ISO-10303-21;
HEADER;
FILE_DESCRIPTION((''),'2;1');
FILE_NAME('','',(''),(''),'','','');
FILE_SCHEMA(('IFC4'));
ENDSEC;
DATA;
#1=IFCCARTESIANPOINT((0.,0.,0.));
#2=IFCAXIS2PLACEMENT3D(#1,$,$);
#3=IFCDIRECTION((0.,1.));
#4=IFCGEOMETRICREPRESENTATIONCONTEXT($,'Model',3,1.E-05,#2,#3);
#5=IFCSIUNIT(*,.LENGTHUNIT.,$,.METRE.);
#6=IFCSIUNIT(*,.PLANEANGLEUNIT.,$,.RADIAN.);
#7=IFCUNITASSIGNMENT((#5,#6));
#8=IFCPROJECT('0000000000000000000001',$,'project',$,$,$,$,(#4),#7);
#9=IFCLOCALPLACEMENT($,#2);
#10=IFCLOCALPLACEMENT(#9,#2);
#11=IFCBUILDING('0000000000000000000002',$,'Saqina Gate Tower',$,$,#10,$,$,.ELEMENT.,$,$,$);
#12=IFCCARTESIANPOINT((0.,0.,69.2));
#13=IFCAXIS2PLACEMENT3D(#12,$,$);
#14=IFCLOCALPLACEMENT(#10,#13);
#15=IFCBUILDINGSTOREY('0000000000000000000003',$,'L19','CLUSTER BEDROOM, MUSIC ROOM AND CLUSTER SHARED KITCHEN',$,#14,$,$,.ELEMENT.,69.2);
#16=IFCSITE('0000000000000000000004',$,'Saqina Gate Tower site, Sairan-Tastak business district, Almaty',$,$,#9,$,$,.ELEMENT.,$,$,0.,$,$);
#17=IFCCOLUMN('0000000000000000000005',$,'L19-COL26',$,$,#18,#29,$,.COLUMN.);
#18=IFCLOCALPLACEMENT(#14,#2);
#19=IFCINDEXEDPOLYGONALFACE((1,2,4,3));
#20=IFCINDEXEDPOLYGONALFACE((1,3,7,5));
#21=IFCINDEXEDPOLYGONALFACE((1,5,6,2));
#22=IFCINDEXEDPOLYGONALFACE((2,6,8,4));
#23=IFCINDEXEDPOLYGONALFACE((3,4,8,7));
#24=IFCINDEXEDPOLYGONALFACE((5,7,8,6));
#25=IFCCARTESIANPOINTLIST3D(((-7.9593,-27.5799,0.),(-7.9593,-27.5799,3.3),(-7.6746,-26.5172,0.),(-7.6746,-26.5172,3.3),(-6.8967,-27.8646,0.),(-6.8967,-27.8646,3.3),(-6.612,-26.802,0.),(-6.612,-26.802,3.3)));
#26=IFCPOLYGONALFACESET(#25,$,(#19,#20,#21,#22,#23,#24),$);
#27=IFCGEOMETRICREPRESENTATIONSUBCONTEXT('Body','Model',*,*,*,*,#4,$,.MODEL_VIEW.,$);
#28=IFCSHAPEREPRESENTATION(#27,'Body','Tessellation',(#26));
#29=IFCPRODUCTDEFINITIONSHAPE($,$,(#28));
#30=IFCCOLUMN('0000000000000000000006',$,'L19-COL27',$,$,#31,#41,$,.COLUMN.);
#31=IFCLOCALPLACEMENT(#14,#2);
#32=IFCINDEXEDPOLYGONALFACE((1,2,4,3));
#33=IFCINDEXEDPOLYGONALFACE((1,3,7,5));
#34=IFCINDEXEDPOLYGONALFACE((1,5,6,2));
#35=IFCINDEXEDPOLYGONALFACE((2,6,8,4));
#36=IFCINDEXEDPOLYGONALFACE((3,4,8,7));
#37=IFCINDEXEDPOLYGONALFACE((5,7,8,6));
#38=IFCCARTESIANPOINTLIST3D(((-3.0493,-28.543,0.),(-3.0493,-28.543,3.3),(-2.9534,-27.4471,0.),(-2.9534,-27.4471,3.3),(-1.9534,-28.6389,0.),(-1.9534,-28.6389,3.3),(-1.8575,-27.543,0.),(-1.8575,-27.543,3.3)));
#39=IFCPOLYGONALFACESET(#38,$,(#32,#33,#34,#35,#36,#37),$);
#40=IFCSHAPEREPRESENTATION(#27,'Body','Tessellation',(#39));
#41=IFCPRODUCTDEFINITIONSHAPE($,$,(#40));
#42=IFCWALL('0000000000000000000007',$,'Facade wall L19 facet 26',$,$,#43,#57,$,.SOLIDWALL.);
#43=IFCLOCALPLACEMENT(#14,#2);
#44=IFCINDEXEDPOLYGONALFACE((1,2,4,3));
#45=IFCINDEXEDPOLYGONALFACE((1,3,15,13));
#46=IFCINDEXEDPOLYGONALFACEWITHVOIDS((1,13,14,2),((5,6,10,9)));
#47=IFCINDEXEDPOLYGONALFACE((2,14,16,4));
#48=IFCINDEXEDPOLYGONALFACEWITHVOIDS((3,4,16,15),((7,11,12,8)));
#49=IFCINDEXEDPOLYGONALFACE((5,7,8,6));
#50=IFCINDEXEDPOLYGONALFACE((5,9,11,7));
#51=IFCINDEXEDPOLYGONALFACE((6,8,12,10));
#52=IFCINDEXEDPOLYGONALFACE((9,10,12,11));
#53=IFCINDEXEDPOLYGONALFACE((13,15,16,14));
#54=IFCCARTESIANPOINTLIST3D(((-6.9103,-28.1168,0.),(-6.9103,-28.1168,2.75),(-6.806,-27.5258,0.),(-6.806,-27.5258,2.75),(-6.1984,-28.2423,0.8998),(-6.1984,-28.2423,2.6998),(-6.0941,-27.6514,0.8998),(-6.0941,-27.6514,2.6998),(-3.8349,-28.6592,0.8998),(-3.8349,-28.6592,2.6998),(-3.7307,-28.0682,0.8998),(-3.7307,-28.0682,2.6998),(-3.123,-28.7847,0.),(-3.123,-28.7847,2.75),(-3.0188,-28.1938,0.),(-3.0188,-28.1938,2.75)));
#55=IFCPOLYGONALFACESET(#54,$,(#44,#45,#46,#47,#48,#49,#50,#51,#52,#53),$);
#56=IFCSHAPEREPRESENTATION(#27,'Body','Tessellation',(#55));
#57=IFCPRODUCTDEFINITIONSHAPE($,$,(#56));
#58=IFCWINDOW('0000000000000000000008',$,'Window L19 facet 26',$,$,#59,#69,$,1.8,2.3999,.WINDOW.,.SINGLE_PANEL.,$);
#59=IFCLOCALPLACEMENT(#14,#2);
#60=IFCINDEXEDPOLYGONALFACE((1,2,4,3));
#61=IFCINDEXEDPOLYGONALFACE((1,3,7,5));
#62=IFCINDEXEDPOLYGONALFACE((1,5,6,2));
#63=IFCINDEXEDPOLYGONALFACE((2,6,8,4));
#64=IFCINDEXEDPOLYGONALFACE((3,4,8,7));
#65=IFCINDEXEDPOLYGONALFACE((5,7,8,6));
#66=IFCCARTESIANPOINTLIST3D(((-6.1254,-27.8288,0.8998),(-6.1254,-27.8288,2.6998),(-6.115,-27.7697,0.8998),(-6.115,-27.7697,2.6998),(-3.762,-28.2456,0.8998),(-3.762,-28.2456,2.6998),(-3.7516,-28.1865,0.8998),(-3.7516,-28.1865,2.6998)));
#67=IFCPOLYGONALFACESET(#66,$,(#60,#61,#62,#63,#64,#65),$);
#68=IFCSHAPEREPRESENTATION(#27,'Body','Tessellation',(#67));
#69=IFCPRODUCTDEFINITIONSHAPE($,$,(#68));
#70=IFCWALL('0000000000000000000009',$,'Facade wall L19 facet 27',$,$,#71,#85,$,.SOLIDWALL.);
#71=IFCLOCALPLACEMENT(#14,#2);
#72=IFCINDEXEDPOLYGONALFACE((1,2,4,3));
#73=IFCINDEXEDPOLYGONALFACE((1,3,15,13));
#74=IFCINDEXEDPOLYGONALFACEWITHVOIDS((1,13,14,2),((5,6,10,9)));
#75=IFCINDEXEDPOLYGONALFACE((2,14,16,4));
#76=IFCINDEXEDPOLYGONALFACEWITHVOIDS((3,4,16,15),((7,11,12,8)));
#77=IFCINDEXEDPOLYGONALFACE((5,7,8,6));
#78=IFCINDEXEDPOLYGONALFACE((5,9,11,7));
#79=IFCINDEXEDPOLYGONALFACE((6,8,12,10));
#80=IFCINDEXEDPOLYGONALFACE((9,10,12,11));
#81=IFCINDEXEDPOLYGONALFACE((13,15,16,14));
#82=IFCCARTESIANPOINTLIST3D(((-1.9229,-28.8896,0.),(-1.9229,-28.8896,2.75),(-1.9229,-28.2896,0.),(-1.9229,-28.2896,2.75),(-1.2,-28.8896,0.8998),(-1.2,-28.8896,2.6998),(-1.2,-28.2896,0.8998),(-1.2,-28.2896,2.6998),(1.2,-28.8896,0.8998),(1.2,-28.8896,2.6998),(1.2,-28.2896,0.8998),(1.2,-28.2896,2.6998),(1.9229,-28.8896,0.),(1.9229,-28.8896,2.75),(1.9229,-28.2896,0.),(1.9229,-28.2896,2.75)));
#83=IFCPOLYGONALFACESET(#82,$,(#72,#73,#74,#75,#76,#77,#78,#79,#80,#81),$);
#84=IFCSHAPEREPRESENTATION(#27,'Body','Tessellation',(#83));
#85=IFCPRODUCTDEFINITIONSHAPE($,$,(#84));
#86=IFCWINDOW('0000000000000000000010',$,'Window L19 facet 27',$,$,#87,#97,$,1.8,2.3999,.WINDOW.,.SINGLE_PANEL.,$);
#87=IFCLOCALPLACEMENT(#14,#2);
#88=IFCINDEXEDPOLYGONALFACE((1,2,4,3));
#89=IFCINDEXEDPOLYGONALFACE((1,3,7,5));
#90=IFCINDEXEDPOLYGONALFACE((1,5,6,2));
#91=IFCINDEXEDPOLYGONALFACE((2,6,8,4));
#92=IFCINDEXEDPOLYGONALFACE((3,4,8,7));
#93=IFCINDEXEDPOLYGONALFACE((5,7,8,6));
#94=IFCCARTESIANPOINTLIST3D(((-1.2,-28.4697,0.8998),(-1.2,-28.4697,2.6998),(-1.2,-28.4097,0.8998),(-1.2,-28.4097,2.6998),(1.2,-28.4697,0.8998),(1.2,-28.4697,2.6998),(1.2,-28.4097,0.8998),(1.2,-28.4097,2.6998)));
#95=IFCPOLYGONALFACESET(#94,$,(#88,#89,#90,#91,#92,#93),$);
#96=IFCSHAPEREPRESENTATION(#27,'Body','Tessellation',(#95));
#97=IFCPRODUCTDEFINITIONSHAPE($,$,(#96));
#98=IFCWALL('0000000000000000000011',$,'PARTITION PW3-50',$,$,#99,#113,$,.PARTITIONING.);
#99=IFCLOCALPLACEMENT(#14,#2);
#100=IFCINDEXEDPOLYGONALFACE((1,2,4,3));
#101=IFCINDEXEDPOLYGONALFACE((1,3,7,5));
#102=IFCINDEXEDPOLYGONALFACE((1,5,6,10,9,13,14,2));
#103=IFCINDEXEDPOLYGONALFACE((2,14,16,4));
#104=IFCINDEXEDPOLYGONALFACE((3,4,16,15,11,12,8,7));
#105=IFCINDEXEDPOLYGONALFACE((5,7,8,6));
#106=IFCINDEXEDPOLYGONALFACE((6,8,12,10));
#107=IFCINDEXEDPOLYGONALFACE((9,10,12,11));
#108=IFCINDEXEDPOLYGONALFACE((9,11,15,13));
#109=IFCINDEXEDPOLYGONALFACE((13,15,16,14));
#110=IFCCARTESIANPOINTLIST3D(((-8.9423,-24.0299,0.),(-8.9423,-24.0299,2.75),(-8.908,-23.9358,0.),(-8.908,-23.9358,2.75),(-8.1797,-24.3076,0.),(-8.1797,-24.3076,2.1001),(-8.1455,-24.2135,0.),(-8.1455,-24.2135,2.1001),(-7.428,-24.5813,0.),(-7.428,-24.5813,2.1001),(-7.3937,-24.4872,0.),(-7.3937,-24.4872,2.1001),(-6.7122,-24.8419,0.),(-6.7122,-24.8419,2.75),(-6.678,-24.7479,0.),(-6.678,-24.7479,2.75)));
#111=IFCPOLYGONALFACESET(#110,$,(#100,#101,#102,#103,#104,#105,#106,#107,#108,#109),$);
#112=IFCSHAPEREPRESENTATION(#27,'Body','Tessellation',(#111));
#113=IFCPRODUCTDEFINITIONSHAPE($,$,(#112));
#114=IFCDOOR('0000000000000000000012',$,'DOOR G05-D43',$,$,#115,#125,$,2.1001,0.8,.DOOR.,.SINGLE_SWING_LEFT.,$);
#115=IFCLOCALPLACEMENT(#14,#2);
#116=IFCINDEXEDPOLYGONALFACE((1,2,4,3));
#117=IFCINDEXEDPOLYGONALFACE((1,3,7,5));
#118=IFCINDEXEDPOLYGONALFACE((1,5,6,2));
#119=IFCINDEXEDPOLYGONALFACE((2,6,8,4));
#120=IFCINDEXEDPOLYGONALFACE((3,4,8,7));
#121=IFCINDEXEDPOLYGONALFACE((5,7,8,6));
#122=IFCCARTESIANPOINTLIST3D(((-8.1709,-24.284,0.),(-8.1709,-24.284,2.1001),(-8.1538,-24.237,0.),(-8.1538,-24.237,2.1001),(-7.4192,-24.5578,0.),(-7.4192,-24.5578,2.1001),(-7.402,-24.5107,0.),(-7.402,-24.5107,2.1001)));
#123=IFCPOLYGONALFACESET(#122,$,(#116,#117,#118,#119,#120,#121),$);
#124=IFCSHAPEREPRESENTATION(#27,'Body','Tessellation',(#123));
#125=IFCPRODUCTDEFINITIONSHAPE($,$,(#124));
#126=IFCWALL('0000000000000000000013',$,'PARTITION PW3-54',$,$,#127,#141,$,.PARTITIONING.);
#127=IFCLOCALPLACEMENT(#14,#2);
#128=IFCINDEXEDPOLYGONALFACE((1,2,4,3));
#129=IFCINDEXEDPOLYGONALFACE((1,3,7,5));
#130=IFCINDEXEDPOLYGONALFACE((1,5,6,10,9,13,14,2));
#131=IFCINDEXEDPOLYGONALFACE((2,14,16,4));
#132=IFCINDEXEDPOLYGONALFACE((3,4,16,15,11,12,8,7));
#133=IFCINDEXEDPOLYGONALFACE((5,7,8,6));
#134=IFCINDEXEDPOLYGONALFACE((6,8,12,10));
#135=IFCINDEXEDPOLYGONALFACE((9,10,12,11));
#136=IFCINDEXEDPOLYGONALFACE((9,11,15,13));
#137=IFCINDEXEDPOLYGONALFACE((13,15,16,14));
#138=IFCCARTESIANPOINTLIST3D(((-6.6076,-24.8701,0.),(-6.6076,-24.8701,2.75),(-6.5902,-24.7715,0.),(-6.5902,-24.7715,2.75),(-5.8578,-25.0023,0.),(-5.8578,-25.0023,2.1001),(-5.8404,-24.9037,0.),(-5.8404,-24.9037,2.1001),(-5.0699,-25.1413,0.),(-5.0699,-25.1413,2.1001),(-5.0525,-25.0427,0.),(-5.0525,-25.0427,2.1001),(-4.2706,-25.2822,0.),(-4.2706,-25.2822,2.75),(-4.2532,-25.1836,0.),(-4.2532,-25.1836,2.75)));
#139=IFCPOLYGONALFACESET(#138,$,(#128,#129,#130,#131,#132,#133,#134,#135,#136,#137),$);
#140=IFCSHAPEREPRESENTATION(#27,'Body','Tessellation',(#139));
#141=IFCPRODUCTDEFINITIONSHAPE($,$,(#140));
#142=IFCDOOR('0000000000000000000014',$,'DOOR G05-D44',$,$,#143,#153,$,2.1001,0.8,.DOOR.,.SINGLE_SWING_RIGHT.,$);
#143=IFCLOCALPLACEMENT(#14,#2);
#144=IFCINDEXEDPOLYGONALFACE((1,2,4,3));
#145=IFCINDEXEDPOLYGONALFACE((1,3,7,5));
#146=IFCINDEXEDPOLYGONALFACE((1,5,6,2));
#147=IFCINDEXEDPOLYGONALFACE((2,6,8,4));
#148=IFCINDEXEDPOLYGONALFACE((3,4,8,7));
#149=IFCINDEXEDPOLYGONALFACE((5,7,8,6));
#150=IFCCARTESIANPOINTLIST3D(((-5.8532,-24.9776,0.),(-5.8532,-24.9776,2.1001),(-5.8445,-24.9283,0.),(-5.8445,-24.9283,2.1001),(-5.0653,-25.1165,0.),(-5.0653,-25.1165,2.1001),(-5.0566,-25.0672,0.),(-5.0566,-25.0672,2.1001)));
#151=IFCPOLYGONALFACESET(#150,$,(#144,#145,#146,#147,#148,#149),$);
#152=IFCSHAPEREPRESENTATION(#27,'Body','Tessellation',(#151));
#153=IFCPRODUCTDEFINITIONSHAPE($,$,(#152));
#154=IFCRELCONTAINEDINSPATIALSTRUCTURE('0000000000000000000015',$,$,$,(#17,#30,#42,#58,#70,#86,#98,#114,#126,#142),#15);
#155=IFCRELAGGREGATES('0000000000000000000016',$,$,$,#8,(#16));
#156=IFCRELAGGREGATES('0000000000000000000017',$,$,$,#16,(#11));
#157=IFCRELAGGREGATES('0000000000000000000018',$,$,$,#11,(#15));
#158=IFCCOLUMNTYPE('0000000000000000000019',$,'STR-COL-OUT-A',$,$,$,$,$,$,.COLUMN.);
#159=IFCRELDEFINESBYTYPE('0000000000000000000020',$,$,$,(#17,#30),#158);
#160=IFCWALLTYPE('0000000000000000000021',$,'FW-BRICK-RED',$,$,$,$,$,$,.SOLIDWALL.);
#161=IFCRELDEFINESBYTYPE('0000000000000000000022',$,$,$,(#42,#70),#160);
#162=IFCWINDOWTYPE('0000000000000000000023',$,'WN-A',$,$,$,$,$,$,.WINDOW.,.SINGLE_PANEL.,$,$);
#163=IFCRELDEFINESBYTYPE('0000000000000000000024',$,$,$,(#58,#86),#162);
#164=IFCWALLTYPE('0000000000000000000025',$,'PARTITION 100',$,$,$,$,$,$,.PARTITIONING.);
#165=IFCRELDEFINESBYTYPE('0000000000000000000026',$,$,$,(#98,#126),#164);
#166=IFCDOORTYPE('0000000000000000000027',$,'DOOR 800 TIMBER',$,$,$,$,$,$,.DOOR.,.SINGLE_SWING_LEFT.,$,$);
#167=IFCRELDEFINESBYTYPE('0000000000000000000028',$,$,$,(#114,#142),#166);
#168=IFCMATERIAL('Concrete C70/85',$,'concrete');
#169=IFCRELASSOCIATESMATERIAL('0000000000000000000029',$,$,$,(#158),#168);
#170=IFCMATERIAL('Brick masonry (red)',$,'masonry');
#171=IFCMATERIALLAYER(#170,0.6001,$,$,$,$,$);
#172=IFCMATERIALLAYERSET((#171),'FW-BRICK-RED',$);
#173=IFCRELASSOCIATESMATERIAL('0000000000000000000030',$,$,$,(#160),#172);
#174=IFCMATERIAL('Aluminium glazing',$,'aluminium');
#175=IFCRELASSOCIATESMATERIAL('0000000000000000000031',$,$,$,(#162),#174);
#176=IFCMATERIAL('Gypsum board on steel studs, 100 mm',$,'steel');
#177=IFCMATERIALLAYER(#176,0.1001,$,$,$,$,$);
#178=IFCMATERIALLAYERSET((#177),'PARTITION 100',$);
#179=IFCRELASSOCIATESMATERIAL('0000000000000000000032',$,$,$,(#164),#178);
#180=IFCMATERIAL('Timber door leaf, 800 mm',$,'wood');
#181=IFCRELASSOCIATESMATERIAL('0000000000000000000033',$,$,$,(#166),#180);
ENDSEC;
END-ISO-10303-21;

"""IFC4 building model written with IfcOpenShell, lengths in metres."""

from ifc_helpers import new_model, si_unit, direction, frame, frame_2d, origin, origin_2d, place, context, subcontext, project, spatial, rectangle, extrude, material, layer, layer_set, material_profile, profile_set, type_object, element, fill, save


model = new_model("IFC4")

# Units and contexts
model_context = context("Model", 3, precision=1e-05, world=origin(), true_north=direction((0.0, 1.0)))
body_context = subcontext(model_context, "Body", "Model", "MODEL_VIEW")
ifc_project = project(units=[si_unit("LENGTHUNIT", "METRE"), si_unit("PLANEANGLEUNIT", "RADIAN")], contexts=[model_context])

# Site, building, storey
site_placement = place(None, origin())
site = spatial("IfcSite", under=ifc_project, at=site_placement, Name="Saqina Gate Tower site, Sairan-Tastak business district, Almaty", CompositionType="ELEMENT", RefElevation=0.0)
building_placement = place(site_placement, origin())
building = spatial("IfcBuilding", under=site, at=building_placement, Name="Saqina Gate Tower", CompositionType="ELEMENT")
storey_placement = place(building_placement, frame((0.0, 0.0, 69.2)))
storey = spatial("IfcBuildingStorey", under=building, at=storey_placement, Name="L19", Description="CLUSTER BEDROOM, MUSIC ROOM AND CLUSTER SHARED KITCHEN", CompositionType="ELEMENT", Elevation=69.2)

# Columns
ifc_material_1 = material(Name="Concrete C70/85", Category="concrete")
ifc_material_profile = material_profile(ifc_material_1, rectangle(XDim=1.1001, YDim=1.1001, at=origin_2d()), Name="RC 1100x1100")
ifc_profile_set = profile_set([ifc_material_profile], Name="Concrete C70/85")
column_type = type_object("IfcColumnType", Name="STR-COL-OUT-A", PredefinedType="COLUMN", material=ifc_profile_set)
for number, where, z_axis, x_axis, name in (
    (1, (-7.2856, -27.1909, 0.0), (0.0, 0.0, 1.0), (-0.258819, -0.965926, 0.0), "L19-COL26"),
    (2, (-2.4534, -28.043, 0.0), (0.0, 0.0, 1.0), (-0.087156, -0.996195, 0.0), "L19-COL27"),
):
    element("IfcColumn", number, at=place(storey_placement, frame(where, z_axis=z_axis, x_axis=x_axis)), inside=storey, type_object=column_type, Name=name, PredefinedType="COLUMN", context=body_context, shape_type="SweptSolid", body=[
        extrude(rectangle(XDim=1.1001, YDim=1.1001, at=origin_2d()), origin(), (0.0, 0.0, 1.0), 3.3),
    ])

# Walls, openings, windows
ifc_material_2 = material(Name="Brick masonry (red)", Category="masonry")
ifc_layer_1 = layer(ifc_material_2, 0.6001)
ifc_layer_set_1 = layer_set([ifc_layer_1], Name="FW-BRICK-RED")
wall_type_1 = type_object("IfcWallType", Name="FW-BRICK-RED", PredefinedType="SOLIDWALL", material=ifc_layer_set_1)
wall_1_placement = place(storey_placement, frame((-6.8582, -27.8213, 0.0), z_axis=(0.0, 0.0, 1.0), x_axis=(0.984801, -0.173688, 0.0)))
wall_1 = element("IfcWall", 3, at=wall_1_placement, inside=storey, type_object=wall_type_1, Name="Facade wall L19 facet 26", PredefinedType="SOLIDWALL", context=body_context, shape_type="SweptSolid", body=[
    extrude(rectangle(XDim=3.8457, YDim=0.6001, at=frame_2d((1.9229, 0.0))), origin(), (0.0, 0.0, 1.0), 2.75),
])
opening_1_placement = place(wall_1_placement, frame((0.7229, 0.0, 0.8999)))
opening_1 = element("IfcOpeningElement", 4, at=opening_1_placement, cuts=wall_1, PredefinedType="OPENING", context=body_context, shape_type="SweptSolid", body=[
    extrude(rectangle(XDim=2.3999, YDim=1.8, at=frame_2d((1.2, 0.8999))), frame((0.0, 0.312, 0.0), z_axis=(0.0, -1.0, 0.0), x_axis=(1.0, 0.0, 0.0)), (0.0, 0.0, 1.0), 0.624),
])
ifc_material_3 = material(Name="Aluminium glazing", Category="aluminium")
window_type = type_object("IfcWindowType", Name="WN-A", PartitioningType="SINGLE_PANEL", PredefinedType="WINDOW", material=ifc_material_3)
window_1_placement = place(opening_1_placement, origin())
window_1 = element("IfcWindow", 5, at=window_1_placement, inside=storey, type_object=window_type, Name="Window L19 facet 26", OverallHeight=1.8, OverallWidth=2.3999, PartitioningType="SINGLE_PANEL", PredefinedType="WINDOW", context=body_context, shape_type="SweptSolid", body=[
    extrude(rectangle(XDim=2.3999, YDim=1.8, at=frame_2d((1.2, 0.8999))), frame((0.0, 0.1799, 0.0), z_axis=(0.0, -1.0, 0.0), x_axis=(1.0, 0.0, 0.0)), (0.0, 0.0, 1.0), 0.0601),
])
fill(opening_1, window_1)
wall_2_placement = place(storey_placement, frame((-1.9229, -28.5896, 0.0), z_axis=(0.0, 0.0, 1.0), x_axis=(1.0, 0.0, 0.0)))
wall_2 = element("IfcWall", 6, at=wall_2_placement, inside=storey, type_object=wall_type_1, Name="Facade wall L19 facet 27", PredefinedType="SOLIDWALL", context=body_context, shape_type="SweptSolid", body=[
    extrude(rectangle(XDim=3.8457, YDim=0.6001, at=frame_2d((1.9229, 0.0))), origin(), (0.0, 0.0, 1.0), 2.75),
])
opening_2_placement = place(wall_2_placement, frame((0.7229, 0.0, 0.8999)))
opening_2 = element("IfcOpeningElement", 7, at=opening_2_placement, cuts=wall_2, PredefinedType="OPENING", context=body_context, shape_type="SweptSolid", body=[
    extrude(rectangle(XDim=2.3999, YDim=1.8, at=frame_2d((1.2, 0.8999))), frame((0.0, 0.312, 0.0), z_axis=(0.0, -1.0, 0.0), x_axis=(1.0, 0.0, 0.0)), (0.0, 0.0, 1.0), 0.624),
])
window_2_placement = place(opening_2_placement, origin())
window_2 = element("IfcWindow", 8, at=window_2_placement, inside=storey, type_object=window_type, Name="Window L19 facet 27", OverallHeight=1.8, OverallWidth=2.3999, PartitioningType="SINGLE_PANEL", PredefinedType="WINDOW", context=body_context, shape_type="SweptSolid", body=[
    extrude(rectangle(XDim=2.3999, YDim=1.8, at=frame_2d((1.2, 0.8999))), frame((0.0, 0.1799, 0.0), z_axis=(0.0, -1.0, 0.0), x_axis=(1.0, 0.0, 0.0)), (0.0, 0.0, 1.0), 0.0601),
])
fill(opening_2, window_2)

# Walls, openings, doors
ifc_material_4 = material(Name="Gypsum board on steel studs, 100 mm", Category="steel")
ifc_layer_2 = layer(ifc_material_4, 0.1001)
ifc_layer_set_2 = layer_set([ifc_layer_2], Name="PARTITION 100")
wall_type_2 = type_object("IfcWallType", Name="PARTITION 100", PredefinedType="PARTITIONING", material=ifc_layer_set_2)
wall_3_placement = place(storey_placement, frame((-8.925, -23.9829, 0.0), z_axis=(0.0, 0.0, 1.0), x_axis=(0.939643, -0.342156, 0.0)))
wall_3 = element("IfcWall", 9, at=wall_3_placement, inside=storey, type_object=wall_type_2, Name="PARTITION PW3-50", PredefinedType="PARTITIONING", context=body_context, shape_type="SweptSolid", body=[
    extrude(rectangle(XDim=2.3733, YDim=0.1001, at=frame_2d((1.1865, 0.0))), origin(), (0.0, 0.0, 1.0), 2.75),
])
opening_3_placement = place(wall_3_placement, frame((0.8115, 0.0, 0.0)))
opening_3 = element("IfcOpeningElement", 10, at=opening_3_placement, cuts=wall_3, PredefinedType="OPENING", context=body_context, shape_type="SweptSolid", body=[
    extrude(rectangle(XDim=0.8, YDim=2.1001, at=frame_2d((0.3999, 1.05))), frame((0.0, 0.062, 0.0), z_axis=(0.0, -1.0, 0.0), x_axis=(1.0, 0.0, 0.0)), (0.0, 0.0, 1.0), 0.124),
])
ifc_material_5 = material(Name="Timber door leaf, 800 mm", Category="wood")
door_type_1 = type_object("IfcDoorType", Name="DOOR 800 TIMBER", OperationType="SINGLE_SWING_LEFT", PredefinedType="DOOR", material=ifc_material_5)
door_1_placement = place(opening_3_placement, frame((0.8, 0.0, 0.0), z_axis=(0.0, 0.0, 1.0), x_axis=(-1.0, 0.0, 0.0)))
door_1 = element("IfcDoor", 11, at=door_1_placement, inside=storey, type_object=door_type_1, Name="DOOR G05-D43", OperationType="SINGLE_SWING_LEFT", OverallHeight=2.1001, OverallWidth=0.8, PredefinedType="DOOR", context=body_context, shape_type="SweptSolid", body=[
    extrude(rectangle(XDim=0.8, YDim=2.1001, at=frame_2d((0.3999, 1.05))), frame((0.0, 0.0249, 0.0), z_axis=(0.0, -1.0, 0.0), x_axis=(1.0, 0.0, 0.0)), (0.0, 0.0, 1.0), 0.05),
])
fill(opening_3, door_1)
wall_4_placement = place(storey_placement, frame((-6.5989, -24.8208, 0.0), z_axis=(0.0, 0.0, 1.0), x_axis=(0.984804, -0.173668, 0.0)))
wall_4 = element("IfcWall", 12, at=wall_4_placement, inside=storey, type_object=wall_type_2, Name="PARTITION PW3-54", PredefinedType="PARTITIONING", context=body_context, shape_type="SweptSolid", body=[
    extrude(rectangle(XDim=2.373, YDim=0.1001, at=frame_2d((1.1865, 0.0))), origin(), (0.0, 0.0, 1.0), 2.75),
])
opening_4_placement = place(wall_4_placement, frame((0.7615, 0.0, 0.0)))
opening_4 = element("IfcOpeningElement", 13, at=opening_4_placement, cuts=wall_4, PredefinedType="OPENING", context=body_context, shape_type="SweptSolid", body=[
    extrude(rectangle(XDim=0.8, YDim=2.1001, at=frame_2d((0.3999, 1.05))), frame((0.0, 0.062, 0.0), z_axis=(0.0, -1.0, 0.0), x_axis=(1.0, 0.0, 0.0)), (0.0, 0.0, 1.0), 0.124),
])
door_2_placement = place(opening_4_placement, frame((0.8, 0.0, 0.0), z_axis=(0.0, 0.0, 1.0), x_axis=(-1.0, 0.0, 0.0)))
door_2 = element("IfcDoor", 14, at=door_2_placement, inside=storey, type_object=door_type_1, Name="DOOR G05-D44", OperationType="SINGLE_SWING_RIGHT", OverallHeight=2.1001, OverallWidth=0.8, PredefinedType="DOOR", context=body_context, shape_type="SweptSolid", body=[
    extrude(rectangle(XDim=0.8, YDim=2.1001, at=frame_2d((0.3999, 1.05))), frame((0.0, 0.0249, 0.0), z_axis=(0.0, -1.0, 0.0), x_axis=(1.0, 0.0, 0.0)), (0.0, 0.0, 1.0), 0.05),
])
fill(opening_4, door_2)

save(model, "model.ifc")
